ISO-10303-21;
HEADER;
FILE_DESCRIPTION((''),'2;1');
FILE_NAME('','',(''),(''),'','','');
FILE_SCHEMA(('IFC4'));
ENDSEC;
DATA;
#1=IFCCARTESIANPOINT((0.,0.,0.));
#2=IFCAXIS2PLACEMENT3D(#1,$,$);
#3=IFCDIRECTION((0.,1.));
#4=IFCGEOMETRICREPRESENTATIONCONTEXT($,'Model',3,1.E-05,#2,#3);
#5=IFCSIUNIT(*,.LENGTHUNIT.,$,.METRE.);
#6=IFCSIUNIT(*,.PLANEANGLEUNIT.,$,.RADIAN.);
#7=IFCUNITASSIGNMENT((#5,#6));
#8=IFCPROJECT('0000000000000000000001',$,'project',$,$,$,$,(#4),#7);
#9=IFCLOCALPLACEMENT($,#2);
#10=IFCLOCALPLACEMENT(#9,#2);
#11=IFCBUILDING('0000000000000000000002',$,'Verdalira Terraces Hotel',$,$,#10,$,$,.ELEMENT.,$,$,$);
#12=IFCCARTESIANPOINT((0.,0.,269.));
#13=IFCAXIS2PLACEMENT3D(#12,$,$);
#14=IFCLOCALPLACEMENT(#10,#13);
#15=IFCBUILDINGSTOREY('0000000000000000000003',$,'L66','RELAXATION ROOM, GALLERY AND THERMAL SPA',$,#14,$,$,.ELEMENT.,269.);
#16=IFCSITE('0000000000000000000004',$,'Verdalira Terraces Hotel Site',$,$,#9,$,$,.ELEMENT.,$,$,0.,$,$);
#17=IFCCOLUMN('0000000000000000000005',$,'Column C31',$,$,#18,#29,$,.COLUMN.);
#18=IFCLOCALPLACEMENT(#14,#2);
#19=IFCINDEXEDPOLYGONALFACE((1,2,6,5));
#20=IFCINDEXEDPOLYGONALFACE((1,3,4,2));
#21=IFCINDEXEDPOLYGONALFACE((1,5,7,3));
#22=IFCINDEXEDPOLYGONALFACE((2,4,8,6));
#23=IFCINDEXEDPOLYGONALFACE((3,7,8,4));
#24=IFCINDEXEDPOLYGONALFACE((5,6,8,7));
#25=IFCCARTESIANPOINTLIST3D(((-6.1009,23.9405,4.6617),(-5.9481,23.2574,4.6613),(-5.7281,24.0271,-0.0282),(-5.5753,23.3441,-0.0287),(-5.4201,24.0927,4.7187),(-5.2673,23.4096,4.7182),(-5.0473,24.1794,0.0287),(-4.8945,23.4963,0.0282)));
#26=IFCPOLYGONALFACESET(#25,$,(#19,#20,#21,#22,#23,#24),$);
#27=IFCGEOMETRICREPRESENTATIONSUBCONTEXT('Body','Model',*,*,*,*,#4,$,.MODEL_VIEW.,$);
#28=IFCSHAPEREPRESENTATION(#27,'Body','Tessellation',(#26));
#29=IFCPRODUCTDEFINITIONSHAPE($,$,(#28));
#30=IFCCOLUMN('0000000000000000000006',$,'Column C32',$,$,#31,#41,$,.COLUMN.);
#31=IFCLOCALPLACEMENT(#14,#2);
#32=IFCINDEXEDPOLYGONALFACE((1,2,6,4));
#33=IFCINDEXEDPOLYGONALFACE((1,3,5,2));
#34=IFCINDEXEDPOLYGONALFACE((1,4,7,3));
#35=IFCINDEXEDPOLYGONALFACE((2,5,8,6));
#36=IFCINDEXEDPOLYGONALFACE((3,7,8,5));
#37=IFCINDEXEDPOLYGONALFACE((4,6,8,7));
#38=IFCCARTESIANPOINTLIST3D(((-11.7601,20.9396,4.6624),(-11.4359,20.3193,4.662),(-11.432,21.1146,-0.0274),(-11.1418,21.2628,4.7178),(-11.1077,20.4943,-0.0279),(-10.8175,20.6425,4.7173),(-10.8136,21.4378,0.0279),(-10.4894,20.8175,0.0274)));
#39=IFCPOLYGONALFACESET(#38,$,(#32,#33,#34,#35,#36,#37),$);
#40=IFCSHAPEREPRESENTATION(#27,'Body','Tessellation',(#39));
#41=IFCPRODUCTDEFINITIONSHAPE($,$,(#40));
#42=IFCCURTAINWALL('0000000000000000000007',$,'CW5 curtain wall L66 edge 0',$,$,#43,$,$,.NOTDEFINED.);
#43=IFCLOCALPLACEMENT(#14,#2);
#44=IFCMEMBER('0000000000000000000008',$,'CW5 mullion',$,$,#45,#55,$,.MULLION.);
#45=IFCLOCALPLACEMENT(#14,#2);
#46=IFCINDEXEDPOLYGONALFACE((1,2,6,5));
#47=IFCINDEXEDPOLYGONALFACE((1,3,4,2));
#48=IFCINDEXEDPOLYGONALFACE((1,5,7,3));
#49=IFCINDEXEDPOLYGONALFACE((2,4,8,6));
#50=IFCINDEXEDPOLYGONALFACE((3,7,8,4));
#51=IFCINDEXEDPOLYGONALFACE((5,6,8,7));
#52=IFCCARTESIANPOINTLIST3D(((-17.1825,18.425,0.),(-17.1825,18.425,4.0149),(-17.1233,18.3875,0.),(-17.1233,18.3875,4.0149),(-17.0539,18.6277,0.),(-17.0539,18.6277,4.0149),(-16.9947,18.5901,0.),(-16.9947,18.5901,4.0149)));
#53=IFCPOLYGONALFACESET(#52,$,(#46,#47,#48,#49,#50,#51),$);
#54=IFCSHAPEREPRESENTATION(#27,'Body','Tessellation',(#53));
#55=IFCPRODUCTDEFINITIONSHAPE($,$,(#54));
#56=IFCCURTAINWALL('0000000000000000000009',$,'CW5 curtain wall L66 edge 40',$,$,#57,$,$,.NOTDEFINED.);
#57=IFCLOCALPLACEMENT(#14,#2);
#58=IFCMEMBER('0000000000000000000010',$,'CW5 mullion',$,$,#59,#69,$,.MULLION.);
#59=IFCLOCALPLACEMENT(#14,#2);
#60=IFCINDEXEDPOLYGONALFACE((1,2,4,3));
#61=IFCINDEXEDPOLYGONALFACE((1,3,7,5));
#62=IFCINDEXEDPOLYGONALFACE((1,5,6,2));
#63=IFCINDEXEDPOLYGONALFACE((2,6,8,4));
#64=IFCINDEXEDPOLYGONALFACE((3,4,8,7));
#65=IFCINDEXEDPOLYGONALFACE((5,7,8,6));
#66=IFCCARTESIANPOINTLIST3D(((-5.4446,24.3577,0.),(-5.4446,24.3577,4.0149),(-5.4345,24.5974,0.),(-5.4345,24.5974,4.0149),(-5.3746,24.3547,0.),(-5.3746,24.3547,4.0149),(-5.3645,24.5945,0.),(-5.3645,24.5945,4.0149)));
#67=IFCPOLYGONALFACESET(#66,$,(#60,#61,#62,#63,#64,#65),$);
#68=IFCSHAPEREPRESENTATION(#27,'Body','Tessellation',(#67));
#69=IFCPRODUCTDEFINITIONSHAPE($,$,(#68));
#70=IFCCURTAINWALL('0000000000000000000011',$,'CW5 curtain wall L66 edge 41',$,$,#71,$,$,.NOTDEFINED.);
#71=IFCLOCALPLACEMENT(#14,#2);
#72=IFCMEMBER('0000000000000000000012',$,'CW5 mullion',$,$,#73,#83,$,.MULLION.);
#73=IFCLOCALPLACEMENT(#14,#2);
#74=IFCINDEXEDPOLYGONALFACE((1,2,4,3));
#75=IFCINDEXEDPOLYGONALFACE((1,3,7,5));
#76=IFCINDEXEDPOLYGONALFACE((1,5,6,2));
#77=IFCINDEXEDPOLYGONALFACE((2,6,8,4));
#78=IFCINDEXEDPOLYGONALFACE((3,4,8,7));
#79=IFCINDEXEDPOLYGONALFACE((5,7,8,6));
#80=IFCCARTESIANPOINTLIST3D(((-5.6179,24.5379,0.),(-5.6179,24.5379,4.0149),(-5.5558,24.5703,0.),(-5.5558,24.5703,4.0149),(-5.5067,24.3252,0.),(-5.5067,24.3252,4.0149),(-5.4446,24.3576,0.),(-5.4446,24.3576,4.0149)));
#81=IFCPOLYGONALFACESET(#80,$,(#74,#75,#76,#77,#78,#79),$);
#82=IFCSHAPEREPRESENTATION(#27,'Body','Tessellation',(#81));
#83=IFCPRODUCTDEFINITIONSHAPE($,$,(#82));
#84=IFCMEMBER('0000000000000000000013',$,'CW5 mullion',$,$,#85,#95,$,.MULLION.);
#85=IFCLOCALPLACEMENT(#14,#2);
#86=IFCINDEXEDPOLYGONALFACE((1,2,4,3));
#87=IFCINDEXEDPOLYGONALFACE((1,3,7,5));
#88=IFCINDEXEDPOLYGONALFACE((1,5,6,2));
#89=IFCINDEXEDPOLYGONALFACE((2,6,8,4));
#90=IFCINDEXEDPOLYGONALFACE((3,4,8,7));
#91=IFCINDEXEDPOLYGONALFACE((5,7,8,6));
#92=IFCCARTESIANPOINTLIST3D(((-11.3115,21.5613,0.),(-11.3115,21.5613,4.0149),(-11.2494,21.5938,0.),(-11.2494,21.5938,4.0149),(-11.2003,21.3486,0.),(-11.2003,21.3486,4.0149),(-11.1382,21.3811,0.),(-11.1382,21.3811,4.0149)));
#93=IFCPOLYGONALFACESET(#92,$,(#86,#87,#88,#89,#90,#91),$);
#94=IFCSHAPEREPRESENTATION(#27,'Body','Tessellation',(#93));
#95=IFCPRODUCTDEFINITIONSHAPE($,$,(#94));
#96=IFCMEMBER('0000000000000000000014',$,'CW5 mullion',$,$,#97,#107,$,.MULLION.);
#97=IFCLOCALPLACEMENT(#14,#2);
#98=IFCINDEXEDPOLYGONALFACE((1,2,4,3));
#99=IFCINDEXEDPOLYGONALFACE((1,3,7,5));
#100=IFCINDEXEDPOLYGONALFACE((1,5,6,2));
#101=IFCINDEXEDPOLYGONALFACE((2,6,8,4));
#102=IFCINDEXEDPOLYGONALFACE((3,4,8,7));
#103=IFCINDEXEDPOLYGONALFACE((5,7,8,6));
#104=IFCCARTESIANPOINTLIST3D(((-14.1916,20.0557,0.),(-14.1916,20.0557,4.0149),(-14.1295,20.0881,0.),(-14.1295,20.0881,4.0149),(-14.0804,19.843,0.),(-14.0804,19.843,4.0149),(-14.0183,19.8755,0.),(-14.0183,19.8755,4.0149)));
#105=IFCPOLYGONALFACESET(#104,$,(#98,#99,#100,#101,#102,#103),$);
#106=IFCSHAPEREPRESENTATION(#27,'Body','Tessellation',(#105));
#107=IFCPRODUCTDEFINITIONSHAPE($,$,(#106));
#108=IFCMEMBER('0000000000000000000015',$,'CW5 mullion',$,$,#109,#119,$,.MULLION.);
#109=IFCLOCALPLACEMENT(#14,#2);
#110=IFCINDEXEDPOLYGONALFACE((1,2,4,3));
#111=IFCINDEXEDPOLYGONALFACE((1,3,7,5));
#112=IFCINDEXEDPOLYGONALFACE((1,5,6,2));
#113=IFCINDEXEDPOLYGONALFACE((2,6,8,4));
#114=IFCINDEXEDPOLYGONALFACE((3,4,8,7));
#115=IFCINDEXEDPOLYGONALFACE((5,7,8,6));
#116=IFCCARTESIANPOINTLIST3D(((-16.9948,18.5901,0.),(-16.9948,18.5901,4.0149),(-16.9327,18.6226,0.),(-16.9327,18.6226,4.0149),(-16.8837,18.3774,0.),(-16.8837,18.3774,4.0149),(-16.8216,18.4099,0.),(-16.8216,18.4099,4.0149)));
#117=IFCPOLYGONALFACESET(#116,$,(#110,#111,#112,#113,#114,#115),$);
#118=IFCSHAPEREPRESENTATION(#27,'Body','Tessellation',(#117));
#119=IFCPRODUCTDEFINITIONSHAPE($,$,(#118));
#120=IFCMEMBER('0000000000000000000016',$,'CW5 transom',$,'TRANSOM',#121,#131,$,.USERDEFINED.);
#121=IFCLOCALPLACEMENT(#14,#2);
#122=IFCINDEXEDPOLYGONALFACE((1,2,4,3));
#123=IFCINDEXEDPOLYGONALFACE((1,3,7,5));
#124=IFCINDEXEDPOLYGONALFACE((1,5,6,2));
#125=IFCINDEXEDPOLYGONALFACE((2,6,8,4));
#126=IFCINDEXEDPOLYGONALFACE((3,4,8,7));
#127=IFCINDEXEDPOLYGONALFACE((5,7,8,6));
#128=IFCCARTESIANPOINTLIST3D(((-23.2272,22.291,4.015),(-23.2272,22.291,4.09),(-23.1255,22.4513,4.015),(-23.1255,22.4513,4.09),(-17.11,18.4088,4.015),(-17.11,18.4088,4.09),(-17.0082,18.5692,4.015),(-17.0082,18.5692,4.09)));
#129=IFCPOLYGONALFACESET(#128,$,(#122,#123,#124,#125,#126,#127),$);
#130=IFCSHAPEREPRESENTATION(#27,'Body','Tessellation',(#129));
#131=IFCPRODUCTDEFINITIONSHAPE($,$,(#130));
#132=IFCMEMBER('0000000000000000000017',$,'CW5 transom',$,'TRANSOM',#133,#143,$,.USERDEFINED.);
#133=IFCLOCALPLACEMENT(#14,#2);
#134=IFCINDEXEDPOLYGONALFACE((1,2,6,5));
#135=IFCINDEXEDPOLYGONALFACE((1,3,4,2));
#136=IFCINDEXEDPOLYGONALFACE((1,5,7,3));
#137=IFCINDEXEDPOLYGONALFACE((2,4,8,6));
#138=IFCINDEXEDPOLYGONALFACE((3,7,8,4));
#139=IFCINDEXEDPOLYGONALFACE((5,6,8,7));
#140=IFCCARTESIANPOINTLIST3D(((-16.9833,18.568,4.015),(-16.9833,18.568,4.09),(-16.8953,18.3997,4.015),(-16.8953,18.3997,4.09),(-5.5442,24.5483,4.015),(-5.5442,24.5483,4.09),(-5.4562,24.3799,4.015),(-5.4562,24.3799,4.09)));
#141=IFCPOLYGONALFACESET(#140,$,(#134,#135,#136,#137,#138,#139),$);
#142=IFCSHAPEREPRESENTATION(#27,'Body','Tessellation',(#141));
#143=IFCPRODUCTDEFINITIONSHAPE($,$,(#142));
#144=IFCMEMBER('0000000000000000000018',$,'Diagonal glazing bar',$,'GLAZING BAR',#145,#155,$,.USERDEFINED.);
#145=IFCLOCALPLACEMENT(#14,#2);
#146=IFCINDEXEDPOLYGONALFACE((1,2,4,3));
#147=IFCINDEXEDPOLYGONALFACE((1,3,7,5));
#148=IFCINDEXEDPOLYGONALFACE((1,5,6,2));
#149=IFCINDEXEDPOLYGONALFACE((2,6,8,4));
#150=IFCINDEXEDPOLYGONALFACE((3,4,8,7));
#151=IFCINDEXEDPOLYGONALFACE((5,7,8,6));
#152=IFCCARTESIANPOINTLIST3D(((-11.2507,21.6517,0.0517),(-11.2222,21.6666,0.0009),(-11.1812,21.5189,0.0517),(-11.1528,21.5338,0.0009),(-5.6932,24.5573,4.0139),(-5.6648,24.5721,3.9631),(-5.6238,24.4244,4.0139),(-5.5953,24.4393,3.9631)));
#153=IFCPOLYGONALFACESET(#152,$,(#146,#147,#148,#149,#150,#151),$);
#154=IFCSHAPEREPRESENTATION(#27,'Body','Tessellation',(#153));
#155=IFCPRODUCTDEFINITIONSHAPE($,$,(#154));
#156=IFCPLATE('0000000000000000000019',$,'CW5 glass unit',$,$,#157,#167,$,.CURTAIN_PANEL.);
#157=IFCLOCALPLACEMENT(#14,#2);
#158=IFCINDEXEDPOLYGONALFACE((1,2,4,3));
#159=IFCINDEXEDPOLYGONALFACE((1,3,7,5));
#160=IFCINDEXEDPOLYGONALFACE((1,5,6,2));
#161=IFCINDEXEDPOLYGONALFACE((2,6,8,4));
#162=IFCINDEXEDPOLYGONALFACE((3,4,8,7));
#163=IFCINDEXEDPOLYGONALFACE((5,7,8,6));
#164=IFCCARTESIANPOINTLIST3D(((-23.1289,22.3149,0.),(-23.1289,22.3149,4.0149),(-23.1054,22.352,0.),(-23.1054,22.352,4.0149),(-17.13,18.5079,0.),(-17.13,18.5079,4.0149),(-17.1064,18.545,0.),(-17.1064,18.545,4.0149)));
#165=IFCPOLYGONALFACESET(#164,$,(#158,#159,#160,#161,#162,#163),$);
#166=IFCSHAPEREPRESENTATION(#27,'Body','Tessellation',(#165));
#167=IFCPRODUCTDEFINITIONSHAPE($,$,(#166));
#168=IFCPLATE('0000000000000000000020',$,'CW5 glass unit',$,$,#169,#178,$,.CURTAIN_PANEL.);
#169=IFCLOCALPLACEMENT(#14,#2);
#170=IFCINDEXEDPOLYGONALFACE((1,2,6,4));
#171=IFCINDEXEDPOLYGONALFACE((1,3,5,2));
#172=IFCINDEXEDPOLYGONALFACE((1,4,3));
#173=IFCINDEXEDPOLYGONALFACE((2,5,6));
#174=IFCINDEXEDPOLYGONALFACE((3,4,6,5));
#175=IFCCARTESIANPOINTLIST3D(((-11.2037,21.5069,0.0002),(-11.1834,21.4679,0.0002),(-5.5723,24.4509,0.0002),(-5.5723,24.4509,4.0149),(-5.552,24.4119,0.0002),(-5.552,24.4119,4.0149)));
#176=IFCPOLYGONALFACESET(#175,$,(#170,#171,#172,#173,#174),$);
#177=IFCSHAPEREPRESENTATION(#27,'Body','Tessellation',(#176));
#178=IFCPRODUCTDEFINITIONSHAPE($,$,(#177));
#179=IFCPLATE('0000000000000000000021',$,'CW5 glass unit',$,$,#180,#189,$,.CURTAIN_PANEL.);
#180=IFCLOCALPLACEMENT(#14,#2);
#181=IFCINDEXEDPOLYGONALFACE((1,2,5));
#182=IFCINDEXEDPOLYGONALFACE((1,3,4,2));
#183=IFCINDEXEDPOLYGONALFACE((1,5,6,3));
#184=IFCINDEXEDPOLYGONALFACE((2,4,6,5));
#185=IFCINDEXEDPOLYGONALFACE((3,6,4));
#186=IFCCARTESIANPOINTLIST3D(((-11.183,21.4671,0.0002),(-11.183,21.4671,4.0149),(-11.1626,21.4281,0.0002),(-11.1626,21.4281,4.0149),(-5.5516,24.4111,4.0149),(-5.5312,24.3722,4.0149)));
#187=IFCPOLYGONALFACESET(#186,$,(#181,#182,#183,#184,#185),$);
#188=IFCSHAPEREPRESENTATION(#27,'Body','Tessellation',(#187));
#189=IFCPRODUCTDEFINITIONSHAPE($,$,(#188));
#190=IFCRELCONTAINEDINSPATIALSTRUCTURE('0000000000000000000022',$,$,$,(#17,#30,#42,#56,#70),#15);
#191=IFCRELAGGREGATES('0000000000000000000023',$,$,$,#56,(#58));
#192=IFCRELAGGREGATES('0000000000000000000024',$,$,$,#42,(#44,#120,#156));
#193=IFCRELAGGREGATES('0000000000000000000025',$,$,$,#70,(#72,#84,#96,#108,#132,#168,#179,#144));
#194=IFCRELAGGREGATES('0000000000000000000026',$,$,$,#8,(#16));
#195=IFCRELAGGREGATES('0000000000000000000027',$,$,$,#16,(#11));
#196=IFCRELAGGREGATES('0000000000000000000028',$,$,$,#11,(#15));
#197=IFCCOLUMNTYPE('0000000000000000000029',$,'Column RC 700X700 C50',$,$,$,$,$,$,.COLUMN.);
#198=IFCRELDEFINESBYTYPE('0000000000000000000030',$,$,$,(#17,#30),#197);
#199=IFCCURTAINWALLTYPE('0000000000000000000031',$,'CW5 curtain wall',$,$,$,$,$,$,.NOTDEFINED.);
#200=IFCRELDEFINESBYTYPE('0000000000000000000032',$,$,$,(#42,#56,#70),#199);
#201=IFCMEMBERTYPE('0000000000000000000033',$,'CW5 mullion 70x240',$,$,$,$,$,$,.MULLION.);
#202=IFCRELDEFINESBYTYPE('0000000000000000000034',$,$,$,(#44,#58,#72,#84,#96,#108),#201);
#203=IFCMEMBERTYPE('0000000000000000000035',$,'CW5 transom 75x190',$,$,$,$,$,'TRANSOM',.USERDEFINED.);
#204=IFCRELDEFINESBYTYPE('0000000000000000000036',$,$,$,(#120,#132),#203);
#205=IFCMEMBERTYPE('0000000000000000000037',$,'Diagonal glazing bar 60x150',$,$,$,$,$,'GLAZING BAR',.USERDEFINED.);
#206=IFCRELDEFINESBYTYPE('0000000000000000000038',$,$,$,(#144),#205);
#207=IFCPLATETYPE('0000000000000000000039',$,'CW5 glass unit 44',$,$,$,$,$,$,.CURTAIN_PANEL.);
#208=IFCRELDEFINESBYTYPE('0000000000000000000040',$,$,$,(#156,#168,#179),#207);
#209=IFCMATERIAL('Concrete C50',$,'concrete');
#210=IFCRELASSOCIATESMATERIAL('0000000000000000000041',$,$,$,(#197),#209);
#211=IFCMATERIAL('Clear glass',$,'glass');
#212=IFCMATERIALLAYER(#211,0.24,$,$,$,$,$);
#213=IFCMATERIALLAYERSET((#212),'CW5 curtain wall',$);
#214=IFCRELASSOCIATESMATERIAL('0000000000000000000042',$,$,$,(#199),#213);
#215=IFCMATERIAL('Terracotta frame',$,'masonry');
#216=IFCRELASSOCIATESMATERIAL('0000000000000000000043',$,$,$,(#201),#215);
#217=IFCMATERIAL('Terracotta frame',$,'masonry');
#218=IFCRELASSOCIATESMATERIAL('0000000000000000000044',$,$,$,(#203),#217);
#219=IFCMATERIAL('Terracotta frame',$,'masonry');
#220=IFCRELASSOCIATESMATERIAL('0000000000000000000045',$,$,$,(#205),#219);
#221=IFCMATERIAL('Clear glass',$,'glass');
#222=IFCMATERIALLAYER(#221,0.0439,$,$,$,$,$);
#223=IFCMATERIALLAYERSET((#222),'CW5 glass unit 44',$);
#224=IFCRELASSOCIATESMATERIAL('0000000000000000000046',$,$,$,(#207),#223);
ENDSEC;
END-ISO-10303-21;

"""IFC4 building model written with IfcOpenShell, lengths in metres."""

from ifc_helpers import new_model, si_unit, direction, frame, origin, origin_2d, place, context, subcontext, project, spatial, polyline, rectangle, outline, extrude, material, layer, layer_set, material_profile, profile_set, type_object, element, aggregate, save


model = new_model("IFC4")

# Units and contexts
model_context = context("Model", 3, precision=1e-05, world=origin(), true_north=direction((0.0, 1.0)))
body_context = subcontext(model_context, "Body", "Model", "MODEL_VIEW")
ifc_project = project(units=[si_unit("LENGTHUNIT", "METRE"), si_unit("PLANEANGLEUNIT", "RADIAN")], contexts=[model_context])

# Site, building, storey
site_placement = place(None, origin())
site = spatial("IfcSite", under=ifc_project, at=site_placement, Name="Verdalira Terraces Hotel Site", CompositionType="ELEMENT", RefElevation=0.0)
building_placement = place(site_placement, origin())
building = spatial("IfcBuilding", under=site, at=building_placement, Name="Verdalira Terraces Hotel", CompositionType="ELEMENT")
storey_placement = place(building_placement, frame((0.0, 0.0, 269.0)))
storey = spatial("IfcBuildingStorey", under=building, at=storey_placement, Name="L66", Description="RELAXATION ROOM, GALLERY AND THERMAL SPA", CompositionType="ELEMENT", Elevation=269.0)

# Columns
ifc_material_1 = material(Name="Concrete C50", Category="concrete")
ifc_material_profile_1 = material_profile(ifc_material_1, rectangle(XDim=0.7, YDim=0.7, at=origin_2d()), Name="RC 700X700")
ifc_profile_set_1 = profile_set([ifc_material_profile_1], Name="Concrete C50")
column_type = type_object("IfcColumnType", Name="Column RC 700X700 C50", PredefinedType="COLUMN", material=ifc_profile_set_1)
column_1_placement = place(storey_placement, frame((-5.3113, 23.7617, 0.0), z_axis=(-0.079226, -0.018419, 0.996686), x_axis=(0.972666, 0.217498, 0.081336)))
element("IfcColumn", 1, at=column_1_placement, inside=storey, type_object=column_type, Name="Column C31", PredefinedType="COLUMN", context=body_context, shape_type="SweptSolid", body=[
    extrude(rectangle(XDim=0.7, YDim=0.7, at=origin_2d()), origin(), (0.0, 0.0, 1.0), 4.7056),
])
column_2_placement = place(storey_placement, frame((-10.9607, 20.9661, 0.0), z_axis=(-0.069745, -0.037208, 0.996871), x_axis=(-0.883462, -0.461786, -0.079046)))
element("IfcColumn", 2, at=column_2_placement, inside=storey, type_object=column_type, Name="Column C32", PredefinedType="COLUMN", context=body_context, shape_type="SweptSolid", body=[
    extrude(rectangle(XDim=0.7, YDim=0.7, at=origin_2d()), origin(), (0.0, 0.0, 1.0), 4.7046),
])

# Curtain walls, members
ifc_material_2 = material(Name="Clear glass", Category="glass")
ifc_layer_1 = layer(ifc_material_2, 0.24)
ifc_layer_set_1 = layer_set([ifc_layer_1], Name="CW5 curtain wall")
curtain_wall_type = type_object("IfcCurtainWallType", Name="CW5 curtain wall", PredefinedType="NOTDEFINED", material=ifc_layer_set_1)
curtain_wall_1_placement = place(storey_placement, origin())
curtain_wall_1 = element("IfcCurtainWall", 3, at=curtain_wall_1_placement, inside=storey, type_object=curtain_wall_type, Name="CW5 curtain wall L66 edge 0", PredefinedType="NOTDEFINED")
ifc_material_3 = material(Name="Terracotta frame", Category="masonry")
ifc_material_profile_2 = material_profile(ifc_material_3, rectangle(XDim=0.0701, YDim=0.24, at=origin_2d()), Name="MU 70x240")
ifc_profile_set_2 = profile_set([ifc_material_profile_2], Name="Terracotta frame")
member_type_1 = type_object("IfcMemberType", Name="CW5 mullion 70x240", PredefinedType="MULLION", material=ifc_profile_set_2)
member_1_placement = place(storey_placement, frame((-17.0886, 18.5076, 0.0), z_axis=(0.0, 0.0, 1.0), x_axis=(-0.844328, 0.535827, 0.0)))
member_1 = element("IfcMember", 4, at=member_1_placement, type_object=member_type_1, Name="CW5 mullion", PredefinedType="MULLION", context=body_context, shape_type="SweptSolid", body=[
    extrude(rectangle(XDim=0.0701, YDim=0.24, at=origin_2d()), origin(), (0.0, 0.0, 1.0), 4.0149),
])
curtain_wall_2_placement = place(storey_placement, origin())
curtain_wall_2 = element("IfcCurtainWall", 5, at=curtain_wall_2_placement, inside=storey, type_object=curtain_wall_type, Name="CW5 curtain wall L66 edge 40", PredefinedType="NOTDEFINED")
member_2_placement = place(storey_placement, frame((-5.4045, 24.4761, 0.0), z_axis=(0.0, 0.0, 1.0), x_axis=(-0.999123, 0.041876, 0.0)))
member_2 = element("IfcMember", 6, at=member_2_placement, type_object=member_type_1, Name="CW5 mullion", PredefinedType="MULLION", context=body_context, shape_type="SweptSolid", body=[
    extrude(rectangle(XDim=0.0701, YDim=0.24, at=origin_2d()), origin(), (0.0, 0.0, 1.0), 4.0149),
])
aggregate(curtain_wall_2, [member_2])

# Curtain wall, members
curtain_wall_3_placement = place(storey_placement, origin())
curtain_wall_3 = element("IfcCurtainWall", 7, at=curtain_wall_3_placement, inside=storey, type_object=curtain_wall_type, Name="CW5 curtain wall L66 edge 41", PredefinedType="NOTDEFINED")
member_3_placement = place(storey_placement, frame((-5.5312, 24.4478, 0.0), z_axis=(0.0, 0.0, 1.0), x_axis=(-0.886204, -0.463296, 0.0)))
member_3 = element("IfcMember", 8, at=member_3_placement, type_object=member_type_1, Name="CW5 mullion", PredefinedType="MULLION", context=body_context, shape_type="SweptSolid", body=[
    extrude(rectangle(XDim=0.0701, YDim=0.24, at=origin_2d()), origin(), (0.0, 0.0, 1.0), 4.0149),
])
member_4_placement = place(storey_placement, frame((-11.2249, 21.4712, 0.0), z_axis=(0.0, 0.0, 1.0), x_axis=(-0.886204, -0.463296, 0.0)))
member_4 = element("IfcMember", 9, at=member_4_placement, type_object=member_type_1, Name="CW5 mullion", PredefinedType="MULLION", context=body_context, shape_type="SweptSolid", body=[
    extrude(rectangle(XDim=0.0701, YDim=0.24, at=origin_2d()), origin(), (0.0, 0.0, 1.0), 4.0149),
])
member_5_placement = place(storey_placement, frame((-14.105, 19.9656, 0.0), z_axis=(0.0, 0.0, 1.0), x_axis=(-0.886204, -0.463296, 0.0)))
member_5 = element("IfcMember", 10, at=member_5_placement, type_object=member_type_1, Name="CW5 mullion", PredefinedType="MULLION", context=body_context, shape_type="SweptSolid", body=[
    extrude(rectangle(XDim=0.0701, YDim=0.24, at=origin_2d()), origin(), (0.0, 0.0, 1.0), 4.0149),
])
member_6_placement = place(storey_placement, frame((-16.9082, 18.5, 0.0), z_axis=(0.0, 0.0, 1.0), x_axis=(-0.886204, -0.463296, 0.0)))
member_6 = element("IfcMember", 11, at=member_6_placement, type_object=member_type_1, Name="CW5 mullion", PredefinedType="MULLION", context=body_context, shape_type="SweptSolid", body=[
    extrude(rectangle(XDim=0.0701, YDim=0.24, at=origin_2d()), origin(), (0.0, 0.0, 1.0), 4.0149),
])

# Members
ifc_material_4 = material(Name="Terracotta frame", Category="masonry")
ifc_material_profile_3 = material_profile(ifc_material_4, rectangle(XDim=0.1899, YDim=0.075, at=origin_2d()), Name="TR 75x190")
ifc_profile_set_3 = profile_set([ifc_material_profile_3], Name="Terracotta frame")
member_type_2 = type_object("IfcMemberType", Name="CW5 transom 75x190", ElementType="TRANSOM", PredefinedType="USERDEFINED", material=ifc_profile_set_3)
member_7_placement = place(storey_placement, frame((-17.0591, 18.489, 4.0525), z_axis=(-0.844328, 0.535826, 0.0), x_axis=(-0.535826, -0.844328, 0.0)))
member_7 = element("IfcMember", 12, at=member_7_placement, type_object=member_type_2, Name="CW5 transom", ObjectType="TRANSOM", PredefinedType="USERDEFINED", context=body_context, shape_type="SweptSolid", body=[
    extrude(rectangle(XDim=0.1899, YDim=0.075, at=origin_2d()), origin(), (0.0, 0.0, 1.0), 7.2451),
])
member_8_placement = place(storey_placement, frame((-5.5002, 24.4641, 4.0525), z_axis=(-0.886201, -0.463301, 0.0), x_axis=(0.463301, -0.886201, 0.0)))
member_8 = element("IfcMember", 13, at=member_8_placement, type_object=member_type_2, Name="CW5 transom", ObjectType="TRANSOM", PredefinedType="USERDEFINED", context=body_context, shape_type="SweptSolid", body=[
    extrude(rectangle(XDim=0.1899, YDim=0.075, at=origin_2d()), origin(), (0.0, 0.0, 1.0), 12.908),
])
ifc_material_5 = material(Name="Terracotta frame", Category="masonry")
ifc_material_profile_4 = material_profile(ifc_material_5, rectangle(XDim=0.1499, YDim=0.0601, at=origin_2d()), Name="GB 60x150")
ifc_profile_set_4 = profile_set([ifc_material_profile_4], Name="Terracotta frame")
member_type_3 = type_object("IfcMemberType", Name="Diagonal glazing bar 60x150", ElementType="GLAZING BAR", PredefinedType="USERDEFINED", material=ifc_profile_set_4)
member_9_placement = place(storey_placement, frame((-5.6443, 24.4983, 3.9885), z_axis=(-0.749185, -0.39169, -0.534135), x_axis=(0.46332, -0.886191, 0.0)))
member_9 = element("IfcMember", 14, at=member_9_placement, type_object=member_type_3, Name="Diagonal glazing bar", ObjectType="GLAZING BAR", PredefinedType="USERDEFINED", context=body_context, shape_type="SweptSolid", body=[
    extrude(rectangle(XDim=0.1499, YDim=0.0601, at=origin_2d()), origin(), (0.0, 0.0, 1.0), 7.418),
])

# Plates
ifc_material_6 = material(Name="Clear glass", Category="glass")
ifc_layer_2 = layer(ifc_material_6, 0.0439)
ifc_layer_set_2 = layer_set([ifc_layer_2], Name="CW5 glass unit 44")
plate_type = type_object("IfcPlateType", Name="CW5 glass unit 44", PredefinedType="CURTAIN_PANEL", material=ifc_layer_set_2)
plate_1_placement = place(storey_placement, frame((-20.1177, 20.4299, 0.0), z_axis=(0.0, 0.0, 1.0), x_axis=(-0.844328, 0.535827, 0.0)))
plate_1 = element("IfcPlate", 15, at=plate_1_placement, type_object=plate_type, Name="CW5 glass unit", PredefinedType="CURTAIN_PANEL", context=body_context, shape_type="SweptSolid", body=[
    extrude(rectangle(XDim=7.105, YDim=0.0439, at=origin_2d()), origin(), (0.0, 0.0, 1.0), 4.0149),
])
aggregate(curtain_wall_1, [member_1, member_7, plate_1])
plate_2_placement = place(storey_placement, frame((-8.3677, 22.9399, 2.0076), z_axis=(-0.463296, 0.886204, 0.0), x_axis=(-0.886204, -0.463296, 0.0)))
plate_2 = element("IfcPlate", 16, at=plate_2_placement, type_object=plate_type, Name="CW5 glass unit", PredefinedType="CURTAIN_PANEL", context=body_context, shape_type="SweptSolid", body=[
    extrude(outline(polyline([(-3.1772, -2.0073), (3.1772, -2.0073), (-3.1772, 2.0073), (-3.1772, -2.0073)])), origin(), (0.0, 0.0, 1.0), 0.0439),
])
plate_3_placement = place(storey_placement, frame((-8.3469, 22.9001, 2.0076), z_axis=(-0.463296, 0.886204, 0.0), x_axis=(-0.886204, -0.463296, 0.0)))
plate_3 = element("IfcPlate", 17, at=plate_3_placement, type_object=plate_type, Name="CW5 glass unit", PredefinedType="CURTAIN_PANEL", context=body_context, shape_type="SweptSolid", body=[
    extrude(outline(polyline([(3.1772, -2.0073), (3.1772, 2.0073), (-3.1772, 2.0073), (3.1772, -2.0073)])), origin(), (0.0, 0.0, 1.0), 0.0439),
])
aggregate(curtain_wall_3, [member_3, member_4, member_5, member_6, member_8, plate_2, plate_3, member_9])

save(model, "model.ifc")
